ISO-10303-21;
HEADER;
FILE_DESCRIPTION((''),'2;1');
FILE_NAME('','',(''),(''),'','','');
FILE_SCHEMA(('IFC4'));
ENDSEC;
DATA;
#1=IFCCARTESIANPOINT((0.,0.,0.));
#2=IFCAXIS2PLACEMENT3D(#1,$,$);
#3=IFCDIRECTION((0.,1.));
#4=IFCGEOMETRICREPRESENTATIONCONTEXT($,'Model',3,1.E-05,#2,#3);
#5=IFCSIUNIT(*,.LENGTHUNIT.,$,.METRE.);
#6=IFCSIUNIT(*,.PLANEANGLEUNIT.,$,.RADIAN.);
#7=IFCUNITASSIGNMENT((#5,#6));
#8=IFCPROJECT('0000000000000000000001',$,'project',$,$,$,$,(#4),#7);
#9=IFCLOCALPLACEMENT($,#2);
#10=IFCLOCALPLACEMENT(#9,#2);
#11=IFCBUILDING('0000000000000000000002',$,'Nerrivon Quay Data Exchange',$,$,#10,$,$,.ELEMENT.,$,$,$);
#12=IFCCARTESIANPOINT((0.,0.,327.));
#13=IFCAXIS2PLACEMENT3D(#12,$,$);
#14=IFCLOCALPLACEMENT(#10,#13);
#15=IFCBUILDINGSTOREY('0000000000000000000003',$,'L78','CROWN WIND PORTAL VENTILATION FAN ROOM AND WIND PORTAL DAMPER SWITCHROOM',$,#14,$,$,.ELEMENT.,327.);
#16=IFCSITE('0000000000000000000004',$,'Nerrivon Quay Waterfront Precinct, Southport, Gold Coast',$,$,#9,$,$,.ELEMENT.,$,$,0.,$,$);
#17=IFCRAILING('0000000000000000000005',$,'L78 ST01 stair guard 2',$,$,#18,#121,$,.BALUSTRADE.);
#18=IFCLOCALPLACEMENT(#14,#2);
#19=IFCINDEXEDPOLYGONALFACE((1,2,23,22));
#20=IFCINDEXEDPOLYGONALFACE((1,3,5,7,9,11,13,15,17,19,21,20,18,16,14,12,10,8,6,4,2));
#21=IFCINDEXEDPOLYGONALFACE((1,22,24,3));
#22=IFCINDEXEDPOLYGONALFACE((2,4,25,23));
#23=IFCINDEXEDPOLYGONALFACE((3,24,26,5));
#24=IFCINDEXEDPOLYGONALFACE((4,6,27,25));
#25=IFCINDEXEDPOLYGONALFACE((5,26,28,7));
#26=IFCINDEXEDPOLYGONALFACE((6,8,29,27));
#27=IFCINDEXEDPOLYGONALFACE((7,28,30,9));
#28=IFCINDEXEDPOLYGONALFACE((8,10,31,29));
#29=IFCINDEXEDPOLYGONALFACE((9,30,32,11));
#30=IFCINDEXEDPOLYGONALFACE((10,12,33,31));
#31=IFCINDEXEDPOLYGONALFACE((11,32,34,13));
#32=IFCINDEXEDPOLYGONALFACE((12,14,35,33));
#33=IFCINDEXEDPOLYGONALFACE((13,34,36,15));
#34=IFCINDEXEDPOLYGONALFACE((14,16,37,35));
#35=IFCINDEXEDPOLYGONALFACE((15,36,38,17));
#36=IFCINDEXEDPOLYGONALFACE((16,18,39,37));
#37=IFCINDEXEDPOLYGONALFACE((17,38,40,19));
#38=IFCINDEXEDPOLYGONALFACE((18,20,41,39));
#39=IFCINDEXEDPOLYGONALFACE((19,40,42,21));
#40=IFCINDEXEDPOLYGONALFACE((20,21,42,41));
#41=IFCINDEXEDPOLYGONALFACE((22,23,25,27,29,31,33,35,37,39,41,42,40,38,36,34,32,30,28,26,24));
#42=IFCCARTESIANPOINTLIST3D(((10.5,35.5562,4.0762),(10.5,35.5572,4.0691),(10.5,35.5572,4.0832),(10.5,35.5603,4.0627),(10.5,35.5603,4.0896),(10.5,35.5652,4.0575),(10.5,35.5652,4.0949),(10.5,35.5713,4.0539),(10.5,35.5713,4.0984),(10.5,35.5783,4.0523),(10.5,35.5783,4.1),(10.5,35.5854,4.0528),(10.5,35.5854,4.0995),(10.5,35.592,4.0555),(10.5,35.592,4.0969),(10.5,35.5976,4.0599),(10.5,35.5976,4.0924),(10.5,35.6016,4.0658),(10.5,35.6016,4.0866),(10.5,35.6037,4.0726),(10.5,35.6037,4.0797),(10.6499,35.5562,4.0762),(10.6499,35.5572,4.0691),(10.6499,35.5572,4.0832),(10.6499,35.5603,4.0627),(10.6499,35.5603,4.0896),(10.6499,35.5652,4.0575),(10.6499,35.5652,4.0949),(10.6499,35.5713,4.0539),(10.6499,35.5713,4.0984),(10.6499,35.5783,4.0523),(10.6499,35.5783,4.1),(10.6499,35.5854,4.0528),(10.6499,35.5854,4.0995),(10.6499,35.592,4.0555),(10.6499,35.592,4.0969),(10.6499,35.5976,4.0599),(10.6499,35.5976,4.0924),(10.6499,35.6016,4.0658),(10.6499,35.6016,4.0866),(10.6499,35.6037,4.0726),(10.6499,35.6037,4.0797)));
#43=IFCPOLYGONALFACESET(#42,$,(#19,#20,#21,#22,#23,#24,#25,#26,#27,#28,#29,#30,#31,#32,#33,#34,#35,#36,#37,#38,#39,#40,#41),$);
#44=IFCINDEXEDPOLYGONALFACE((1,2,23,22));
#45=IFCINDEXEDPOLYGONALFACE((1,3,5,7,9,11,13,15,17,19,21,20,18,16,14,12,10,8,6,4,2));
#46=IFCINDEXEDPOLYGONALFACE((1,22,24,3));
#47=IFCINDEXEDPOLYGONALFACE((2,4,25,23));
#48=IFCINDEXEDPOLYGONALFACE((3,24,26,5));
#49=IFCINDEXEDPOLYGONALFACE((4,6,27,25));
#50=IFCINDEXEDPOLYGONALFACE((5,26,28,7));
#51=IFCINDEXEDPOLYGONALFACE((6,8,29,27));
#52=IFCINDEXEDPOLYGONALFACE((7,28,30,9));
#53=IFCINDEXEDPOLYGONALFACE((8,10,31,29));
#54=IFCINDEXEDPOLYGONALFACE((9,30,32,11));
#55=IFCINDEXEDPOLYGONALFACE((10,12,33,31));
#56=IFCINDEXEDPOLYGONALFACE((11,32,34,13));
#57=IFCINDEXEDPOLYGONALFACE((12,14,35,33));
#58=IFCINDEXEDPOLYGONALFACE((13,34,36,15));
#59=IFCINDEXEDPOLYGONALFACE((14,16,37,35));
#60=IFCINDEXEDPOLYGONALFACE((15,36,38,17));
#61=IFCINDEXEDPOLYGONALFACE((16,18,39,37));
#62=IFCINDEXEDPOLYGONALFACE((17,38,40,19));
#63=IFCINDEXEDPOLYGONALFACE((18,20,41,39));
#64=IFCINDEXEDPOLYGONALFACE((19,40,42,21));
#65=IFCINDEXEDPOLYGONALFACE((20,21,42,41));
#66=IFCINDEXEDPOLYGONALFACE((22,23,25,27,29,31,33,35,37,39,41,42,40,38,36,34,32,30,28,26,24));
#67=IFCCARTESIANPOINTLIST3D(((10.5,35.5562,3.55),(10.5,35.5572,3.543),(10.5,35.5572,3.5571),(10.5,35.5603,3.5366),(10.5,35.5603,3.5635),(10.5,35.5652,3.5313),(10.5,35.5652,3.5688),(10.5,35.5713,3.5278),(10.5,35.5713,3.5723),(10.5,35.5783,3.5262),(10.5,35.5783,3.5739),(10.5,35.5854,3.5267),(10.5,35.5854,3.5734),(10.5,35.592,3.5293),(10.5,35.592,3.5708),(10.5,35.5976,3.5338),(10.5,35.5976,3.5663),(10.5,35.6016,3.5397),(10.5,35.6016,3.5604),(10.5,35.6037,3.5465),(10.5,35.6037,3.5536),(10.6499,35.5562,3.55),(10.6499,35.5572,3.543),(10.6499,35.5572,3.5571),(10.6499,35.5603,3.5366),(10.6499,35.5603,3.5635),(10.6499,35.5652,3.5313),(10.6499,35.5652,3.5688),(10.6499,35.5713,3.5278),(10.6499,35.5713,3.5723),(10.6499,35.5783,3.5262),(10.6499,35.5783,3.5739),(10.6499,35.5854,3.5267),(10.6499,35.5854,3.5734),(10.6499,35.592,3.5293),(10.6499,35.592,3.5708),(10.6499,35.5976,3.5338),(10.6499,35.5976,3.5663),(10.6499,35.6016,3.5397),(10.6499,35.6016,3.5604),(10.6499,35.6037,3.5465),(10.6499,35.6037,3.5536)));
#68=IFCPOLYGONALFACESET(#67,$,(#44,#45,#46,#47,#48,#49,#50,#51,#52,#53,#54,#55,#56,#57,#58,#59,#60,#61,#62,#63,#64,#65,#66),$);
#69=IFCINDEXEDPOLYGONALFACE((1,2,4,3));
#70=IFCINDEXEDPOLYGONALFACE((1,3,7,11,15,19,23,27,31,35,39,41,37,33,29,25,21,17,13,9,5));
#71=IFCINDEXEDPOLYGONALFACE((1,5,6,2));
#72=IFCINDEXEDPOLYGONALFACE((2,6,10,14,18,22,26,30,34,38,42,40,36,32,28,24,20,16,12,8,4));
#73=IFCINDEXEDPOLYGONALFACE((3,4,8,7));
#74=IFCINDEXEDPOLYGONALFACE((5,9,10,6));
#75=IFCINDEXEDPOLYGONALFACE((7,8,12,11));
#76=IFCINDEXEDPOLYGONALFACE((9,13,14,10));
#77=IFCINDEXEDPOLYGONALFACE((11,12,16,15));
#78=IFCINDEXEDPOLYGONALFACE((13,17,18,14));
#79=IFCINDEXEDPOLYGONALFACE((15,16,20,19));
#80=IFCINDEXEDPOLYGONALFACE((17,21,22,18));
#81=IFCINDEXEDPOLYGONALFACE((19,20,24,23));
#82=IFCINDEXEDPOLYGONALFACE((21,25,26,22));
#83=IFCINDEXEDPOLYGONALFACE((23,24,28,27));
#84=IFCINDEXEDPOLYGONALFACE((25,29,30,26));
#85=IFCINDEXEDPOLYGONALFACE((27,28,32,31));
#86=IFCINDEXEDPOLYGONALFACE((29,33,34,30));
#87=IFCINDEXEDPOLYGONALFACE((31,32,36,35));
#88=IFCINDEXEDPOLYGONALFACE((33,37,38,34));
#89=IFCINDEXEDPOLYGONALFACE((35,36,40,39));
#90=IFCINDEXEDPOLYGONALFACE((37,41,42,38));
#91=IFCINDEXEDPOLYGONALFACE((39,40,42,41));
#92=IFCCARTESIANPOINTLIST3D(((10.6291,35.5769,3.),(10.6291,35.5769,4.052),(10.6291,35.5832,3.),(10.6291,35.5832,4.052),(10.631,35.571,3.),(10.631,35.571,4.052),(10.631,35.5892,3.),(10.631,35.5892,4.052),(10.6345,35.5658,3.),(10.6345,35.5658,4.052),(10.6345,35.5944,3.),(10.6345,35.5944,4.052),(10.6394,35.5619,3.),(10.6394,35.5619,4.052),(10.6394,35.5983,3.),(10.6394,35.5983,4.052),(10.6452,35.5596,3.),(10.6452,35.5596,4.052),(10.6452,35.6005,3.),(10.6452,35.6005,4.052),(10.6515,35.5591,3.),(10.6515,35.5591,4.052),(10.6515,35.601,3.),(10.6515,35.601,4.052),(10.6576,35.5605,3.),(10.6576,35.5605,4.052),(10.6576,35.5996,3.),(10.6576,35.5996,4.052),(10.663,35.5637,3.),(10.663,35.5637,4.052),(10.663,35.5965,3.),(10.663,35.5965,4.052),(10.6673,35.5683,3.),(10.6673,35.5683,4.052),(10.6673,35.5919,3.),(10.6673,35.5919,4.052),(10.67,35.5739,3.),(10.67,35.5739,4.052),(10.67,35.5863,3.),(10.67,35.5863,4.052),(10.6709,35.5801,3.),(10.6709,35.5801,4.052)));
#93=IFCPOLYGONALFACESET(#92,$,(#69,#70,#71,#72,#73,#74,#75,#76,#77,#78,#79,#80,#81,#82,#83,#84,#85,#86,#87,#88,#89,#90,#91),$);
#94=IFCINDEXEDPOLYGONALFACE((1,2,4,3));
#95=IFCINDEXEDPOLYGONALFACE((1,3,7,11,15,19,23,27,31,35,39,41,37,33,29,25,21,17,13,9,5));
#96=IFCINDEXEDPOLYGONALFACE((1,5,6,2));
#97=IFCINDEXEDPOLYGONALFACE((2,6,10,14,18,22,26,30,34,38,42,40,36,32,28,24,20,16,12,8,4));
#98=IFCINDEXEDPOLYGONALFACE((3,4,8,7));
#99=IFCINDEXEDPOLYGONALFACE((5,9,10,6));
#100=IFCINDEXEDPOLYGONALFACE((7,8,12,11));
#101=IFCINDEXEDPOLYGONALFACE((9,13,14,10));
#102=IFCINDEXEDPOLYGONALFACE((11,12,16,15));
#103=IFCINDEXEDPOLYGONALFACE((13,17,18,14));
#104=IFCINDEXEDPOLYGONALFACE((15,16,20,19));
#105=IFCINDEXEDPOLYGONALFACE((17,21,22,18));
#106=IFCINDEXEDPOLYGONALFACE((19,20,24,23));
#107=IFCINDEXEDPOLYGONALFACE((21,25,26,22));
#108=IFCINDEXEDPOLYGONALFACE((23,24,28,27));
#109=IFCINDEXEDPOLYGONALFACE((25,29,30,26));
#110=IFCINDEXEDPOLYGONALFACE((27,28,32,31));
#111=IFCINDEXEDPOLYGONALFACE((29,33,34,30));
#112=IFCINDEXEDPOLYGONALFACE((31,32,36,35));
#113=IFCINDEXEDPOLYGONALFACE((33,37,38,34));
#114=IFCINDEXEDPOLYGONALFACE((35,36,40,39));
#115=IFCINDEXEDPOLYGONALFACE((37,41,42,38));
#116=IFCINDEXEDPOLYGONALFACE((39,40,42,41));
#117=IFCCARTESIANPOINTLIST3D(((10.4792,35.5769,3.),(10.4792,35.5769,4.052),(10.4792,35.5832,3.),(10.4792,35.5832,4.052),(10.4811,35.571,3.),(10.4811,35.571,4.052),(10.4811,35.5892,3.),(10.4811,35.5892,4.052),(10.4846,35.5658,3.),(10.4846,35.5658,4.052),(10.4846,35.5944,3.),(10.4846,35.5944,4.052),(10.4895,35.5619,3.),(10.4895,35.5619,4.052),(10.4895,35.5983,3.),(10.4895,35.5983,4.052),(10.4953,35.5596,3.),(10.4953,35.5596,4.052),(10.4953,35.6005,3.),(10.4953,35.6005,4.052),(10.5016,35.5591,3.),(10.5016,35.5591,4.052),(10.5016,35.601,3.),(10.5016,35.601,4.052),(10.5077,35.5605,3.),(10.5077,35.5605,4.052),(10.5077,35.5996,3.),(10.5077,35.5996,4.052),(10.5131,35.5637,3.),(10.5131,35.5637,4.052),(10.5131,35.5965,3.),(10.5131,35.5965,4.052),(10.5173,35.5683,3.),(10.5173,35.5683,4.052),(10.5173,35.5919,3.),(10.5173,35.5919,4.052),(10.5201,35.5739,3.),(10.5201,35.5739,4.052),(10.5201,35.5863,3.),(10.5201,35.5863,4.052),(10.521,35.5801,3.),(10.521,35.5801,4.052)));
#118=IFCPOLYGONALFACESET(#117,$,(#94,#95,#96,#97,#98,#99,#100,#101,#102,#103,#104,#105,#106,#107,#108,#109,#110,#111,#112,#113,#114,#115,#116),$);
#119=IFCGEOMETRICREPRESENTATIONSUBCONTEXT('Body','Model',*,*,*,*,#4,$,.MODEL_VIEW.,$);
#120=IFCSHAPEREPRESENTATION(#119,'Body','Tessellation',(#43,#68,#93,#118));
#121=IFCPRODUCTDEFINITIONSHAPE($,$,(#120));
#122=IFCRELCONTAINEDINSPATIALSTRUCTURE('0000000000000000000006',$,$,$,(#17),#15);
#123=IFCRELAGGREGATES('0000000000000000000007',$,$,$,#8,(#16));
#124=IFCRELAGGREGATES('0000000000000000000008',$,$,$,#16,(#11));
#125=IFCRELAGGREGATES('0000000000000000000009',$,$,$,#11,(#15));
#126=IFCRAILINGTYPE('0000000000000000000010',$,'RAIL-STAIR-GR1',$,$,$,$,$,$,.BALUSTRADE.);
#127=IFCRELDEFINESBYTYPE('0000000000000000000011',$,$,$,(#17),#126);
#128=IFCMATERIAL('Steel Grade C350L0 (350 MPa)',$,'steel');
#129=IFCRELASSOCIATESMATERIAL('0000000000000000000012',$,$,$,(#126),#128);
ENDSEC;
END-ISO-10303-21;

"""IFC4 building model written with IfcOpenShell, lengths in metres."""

from ifc_helpers import new_model, si_unit, direction, frame, origin, origin_2d, place, context, subcontext, project, spatial, circle, extrude, material, type_object, element, save


model = new_model("IFC4")

# Units and contexts
model_context = context("Model", 3, precision=1e-05, world=origin(), true_north=direction((0.0, 1.0)))
body_context = subcontext(model_context, "Body", "Model", "MODEL_VIEW")
ifc_project = project(units=[si_unit("LENGTHUNIT", "METRE"), si_unit("PLANEANGLEUNIT", "RADIAN")], contexts=[model_context])

# Site, building, storey
site_placement = place(None, origin())
site = spatial("IfcSite", under=ifc_project, at=site_placement, Name="Nerrivon Quay Waterfront Precinct, Southport, Gold Coast", CompositionType="ELEMENT", RefElevation=0.0)
building_placement = place(site_placement, origin())
building = spatial("IfcBuilding", under=site, at=building_placement, Name="Nerrivon Quay Data Exchange", CompositionType="ELEMENT")
storey_placement = place(building_placement, frame((0.0, 0.0, 327.0)))
storey = spatial("IfcBuildingStorey", under=building, at=storey_placement, Name="L78", Description="CROWN WIND PORTAL VENTILATION FAN ROOM AND WIND PORTAL DAMPER SWITCHROOM", CompositionType="ELEMENT", Elevation=327.0)

# Shared definitions
ifc_material_1 = material(Name="Steel Grade C350L0 (350 MPa)", Category="steel")

# Railing
railing_type_1 = type_object("IfcRailingType", Name="RAIL-STAIR-GR1", PredefinedType="BALUSTRADE", material=ifc_material_1)
railing_1_placement = place(storey_placement, frame((10.6499, 35.5801, 3.0)))
element("IfcRailing", 1, at=railing_1_placement, inside=storey, type_object=railing_type_1, Name="L78 ST01 stair guard 2", PredefinedType="BALUSTRADE", context=body_context, shape_type="SweptSolid", body=[
    extrude(circle(Radius=0.0239, at=origin_2d()), frame((0.0, 0.0, 1.0762), z_axis=(-1.0, 0.0, 0.0), x_axis=(0.0, -1.0, 0.0)), (0.0, 0.0, 1.0), 0.1499),
    extrude(circle(Radius=0.0239, at=origin_2d()), frame((0.0, 0.0, 0.55), z_axis=(-1.0, 0.0, 0.0), x_axis=(0.0, -1.0, 0.0)), (0.0, 0.0, 1.0), 0.1499),
    extrude(circle(Radius=0.021, at=origin_2d()), origin(), (0.0, 0.0, 1.0), 1.052),
    extrude(circle(Radius=0.021, at=origin_2d()), frame((-0.1499, 0.0, 0.0)), (0.0, 0.0, 1.0), 1.052),
])

save(model, "model.ifc")
